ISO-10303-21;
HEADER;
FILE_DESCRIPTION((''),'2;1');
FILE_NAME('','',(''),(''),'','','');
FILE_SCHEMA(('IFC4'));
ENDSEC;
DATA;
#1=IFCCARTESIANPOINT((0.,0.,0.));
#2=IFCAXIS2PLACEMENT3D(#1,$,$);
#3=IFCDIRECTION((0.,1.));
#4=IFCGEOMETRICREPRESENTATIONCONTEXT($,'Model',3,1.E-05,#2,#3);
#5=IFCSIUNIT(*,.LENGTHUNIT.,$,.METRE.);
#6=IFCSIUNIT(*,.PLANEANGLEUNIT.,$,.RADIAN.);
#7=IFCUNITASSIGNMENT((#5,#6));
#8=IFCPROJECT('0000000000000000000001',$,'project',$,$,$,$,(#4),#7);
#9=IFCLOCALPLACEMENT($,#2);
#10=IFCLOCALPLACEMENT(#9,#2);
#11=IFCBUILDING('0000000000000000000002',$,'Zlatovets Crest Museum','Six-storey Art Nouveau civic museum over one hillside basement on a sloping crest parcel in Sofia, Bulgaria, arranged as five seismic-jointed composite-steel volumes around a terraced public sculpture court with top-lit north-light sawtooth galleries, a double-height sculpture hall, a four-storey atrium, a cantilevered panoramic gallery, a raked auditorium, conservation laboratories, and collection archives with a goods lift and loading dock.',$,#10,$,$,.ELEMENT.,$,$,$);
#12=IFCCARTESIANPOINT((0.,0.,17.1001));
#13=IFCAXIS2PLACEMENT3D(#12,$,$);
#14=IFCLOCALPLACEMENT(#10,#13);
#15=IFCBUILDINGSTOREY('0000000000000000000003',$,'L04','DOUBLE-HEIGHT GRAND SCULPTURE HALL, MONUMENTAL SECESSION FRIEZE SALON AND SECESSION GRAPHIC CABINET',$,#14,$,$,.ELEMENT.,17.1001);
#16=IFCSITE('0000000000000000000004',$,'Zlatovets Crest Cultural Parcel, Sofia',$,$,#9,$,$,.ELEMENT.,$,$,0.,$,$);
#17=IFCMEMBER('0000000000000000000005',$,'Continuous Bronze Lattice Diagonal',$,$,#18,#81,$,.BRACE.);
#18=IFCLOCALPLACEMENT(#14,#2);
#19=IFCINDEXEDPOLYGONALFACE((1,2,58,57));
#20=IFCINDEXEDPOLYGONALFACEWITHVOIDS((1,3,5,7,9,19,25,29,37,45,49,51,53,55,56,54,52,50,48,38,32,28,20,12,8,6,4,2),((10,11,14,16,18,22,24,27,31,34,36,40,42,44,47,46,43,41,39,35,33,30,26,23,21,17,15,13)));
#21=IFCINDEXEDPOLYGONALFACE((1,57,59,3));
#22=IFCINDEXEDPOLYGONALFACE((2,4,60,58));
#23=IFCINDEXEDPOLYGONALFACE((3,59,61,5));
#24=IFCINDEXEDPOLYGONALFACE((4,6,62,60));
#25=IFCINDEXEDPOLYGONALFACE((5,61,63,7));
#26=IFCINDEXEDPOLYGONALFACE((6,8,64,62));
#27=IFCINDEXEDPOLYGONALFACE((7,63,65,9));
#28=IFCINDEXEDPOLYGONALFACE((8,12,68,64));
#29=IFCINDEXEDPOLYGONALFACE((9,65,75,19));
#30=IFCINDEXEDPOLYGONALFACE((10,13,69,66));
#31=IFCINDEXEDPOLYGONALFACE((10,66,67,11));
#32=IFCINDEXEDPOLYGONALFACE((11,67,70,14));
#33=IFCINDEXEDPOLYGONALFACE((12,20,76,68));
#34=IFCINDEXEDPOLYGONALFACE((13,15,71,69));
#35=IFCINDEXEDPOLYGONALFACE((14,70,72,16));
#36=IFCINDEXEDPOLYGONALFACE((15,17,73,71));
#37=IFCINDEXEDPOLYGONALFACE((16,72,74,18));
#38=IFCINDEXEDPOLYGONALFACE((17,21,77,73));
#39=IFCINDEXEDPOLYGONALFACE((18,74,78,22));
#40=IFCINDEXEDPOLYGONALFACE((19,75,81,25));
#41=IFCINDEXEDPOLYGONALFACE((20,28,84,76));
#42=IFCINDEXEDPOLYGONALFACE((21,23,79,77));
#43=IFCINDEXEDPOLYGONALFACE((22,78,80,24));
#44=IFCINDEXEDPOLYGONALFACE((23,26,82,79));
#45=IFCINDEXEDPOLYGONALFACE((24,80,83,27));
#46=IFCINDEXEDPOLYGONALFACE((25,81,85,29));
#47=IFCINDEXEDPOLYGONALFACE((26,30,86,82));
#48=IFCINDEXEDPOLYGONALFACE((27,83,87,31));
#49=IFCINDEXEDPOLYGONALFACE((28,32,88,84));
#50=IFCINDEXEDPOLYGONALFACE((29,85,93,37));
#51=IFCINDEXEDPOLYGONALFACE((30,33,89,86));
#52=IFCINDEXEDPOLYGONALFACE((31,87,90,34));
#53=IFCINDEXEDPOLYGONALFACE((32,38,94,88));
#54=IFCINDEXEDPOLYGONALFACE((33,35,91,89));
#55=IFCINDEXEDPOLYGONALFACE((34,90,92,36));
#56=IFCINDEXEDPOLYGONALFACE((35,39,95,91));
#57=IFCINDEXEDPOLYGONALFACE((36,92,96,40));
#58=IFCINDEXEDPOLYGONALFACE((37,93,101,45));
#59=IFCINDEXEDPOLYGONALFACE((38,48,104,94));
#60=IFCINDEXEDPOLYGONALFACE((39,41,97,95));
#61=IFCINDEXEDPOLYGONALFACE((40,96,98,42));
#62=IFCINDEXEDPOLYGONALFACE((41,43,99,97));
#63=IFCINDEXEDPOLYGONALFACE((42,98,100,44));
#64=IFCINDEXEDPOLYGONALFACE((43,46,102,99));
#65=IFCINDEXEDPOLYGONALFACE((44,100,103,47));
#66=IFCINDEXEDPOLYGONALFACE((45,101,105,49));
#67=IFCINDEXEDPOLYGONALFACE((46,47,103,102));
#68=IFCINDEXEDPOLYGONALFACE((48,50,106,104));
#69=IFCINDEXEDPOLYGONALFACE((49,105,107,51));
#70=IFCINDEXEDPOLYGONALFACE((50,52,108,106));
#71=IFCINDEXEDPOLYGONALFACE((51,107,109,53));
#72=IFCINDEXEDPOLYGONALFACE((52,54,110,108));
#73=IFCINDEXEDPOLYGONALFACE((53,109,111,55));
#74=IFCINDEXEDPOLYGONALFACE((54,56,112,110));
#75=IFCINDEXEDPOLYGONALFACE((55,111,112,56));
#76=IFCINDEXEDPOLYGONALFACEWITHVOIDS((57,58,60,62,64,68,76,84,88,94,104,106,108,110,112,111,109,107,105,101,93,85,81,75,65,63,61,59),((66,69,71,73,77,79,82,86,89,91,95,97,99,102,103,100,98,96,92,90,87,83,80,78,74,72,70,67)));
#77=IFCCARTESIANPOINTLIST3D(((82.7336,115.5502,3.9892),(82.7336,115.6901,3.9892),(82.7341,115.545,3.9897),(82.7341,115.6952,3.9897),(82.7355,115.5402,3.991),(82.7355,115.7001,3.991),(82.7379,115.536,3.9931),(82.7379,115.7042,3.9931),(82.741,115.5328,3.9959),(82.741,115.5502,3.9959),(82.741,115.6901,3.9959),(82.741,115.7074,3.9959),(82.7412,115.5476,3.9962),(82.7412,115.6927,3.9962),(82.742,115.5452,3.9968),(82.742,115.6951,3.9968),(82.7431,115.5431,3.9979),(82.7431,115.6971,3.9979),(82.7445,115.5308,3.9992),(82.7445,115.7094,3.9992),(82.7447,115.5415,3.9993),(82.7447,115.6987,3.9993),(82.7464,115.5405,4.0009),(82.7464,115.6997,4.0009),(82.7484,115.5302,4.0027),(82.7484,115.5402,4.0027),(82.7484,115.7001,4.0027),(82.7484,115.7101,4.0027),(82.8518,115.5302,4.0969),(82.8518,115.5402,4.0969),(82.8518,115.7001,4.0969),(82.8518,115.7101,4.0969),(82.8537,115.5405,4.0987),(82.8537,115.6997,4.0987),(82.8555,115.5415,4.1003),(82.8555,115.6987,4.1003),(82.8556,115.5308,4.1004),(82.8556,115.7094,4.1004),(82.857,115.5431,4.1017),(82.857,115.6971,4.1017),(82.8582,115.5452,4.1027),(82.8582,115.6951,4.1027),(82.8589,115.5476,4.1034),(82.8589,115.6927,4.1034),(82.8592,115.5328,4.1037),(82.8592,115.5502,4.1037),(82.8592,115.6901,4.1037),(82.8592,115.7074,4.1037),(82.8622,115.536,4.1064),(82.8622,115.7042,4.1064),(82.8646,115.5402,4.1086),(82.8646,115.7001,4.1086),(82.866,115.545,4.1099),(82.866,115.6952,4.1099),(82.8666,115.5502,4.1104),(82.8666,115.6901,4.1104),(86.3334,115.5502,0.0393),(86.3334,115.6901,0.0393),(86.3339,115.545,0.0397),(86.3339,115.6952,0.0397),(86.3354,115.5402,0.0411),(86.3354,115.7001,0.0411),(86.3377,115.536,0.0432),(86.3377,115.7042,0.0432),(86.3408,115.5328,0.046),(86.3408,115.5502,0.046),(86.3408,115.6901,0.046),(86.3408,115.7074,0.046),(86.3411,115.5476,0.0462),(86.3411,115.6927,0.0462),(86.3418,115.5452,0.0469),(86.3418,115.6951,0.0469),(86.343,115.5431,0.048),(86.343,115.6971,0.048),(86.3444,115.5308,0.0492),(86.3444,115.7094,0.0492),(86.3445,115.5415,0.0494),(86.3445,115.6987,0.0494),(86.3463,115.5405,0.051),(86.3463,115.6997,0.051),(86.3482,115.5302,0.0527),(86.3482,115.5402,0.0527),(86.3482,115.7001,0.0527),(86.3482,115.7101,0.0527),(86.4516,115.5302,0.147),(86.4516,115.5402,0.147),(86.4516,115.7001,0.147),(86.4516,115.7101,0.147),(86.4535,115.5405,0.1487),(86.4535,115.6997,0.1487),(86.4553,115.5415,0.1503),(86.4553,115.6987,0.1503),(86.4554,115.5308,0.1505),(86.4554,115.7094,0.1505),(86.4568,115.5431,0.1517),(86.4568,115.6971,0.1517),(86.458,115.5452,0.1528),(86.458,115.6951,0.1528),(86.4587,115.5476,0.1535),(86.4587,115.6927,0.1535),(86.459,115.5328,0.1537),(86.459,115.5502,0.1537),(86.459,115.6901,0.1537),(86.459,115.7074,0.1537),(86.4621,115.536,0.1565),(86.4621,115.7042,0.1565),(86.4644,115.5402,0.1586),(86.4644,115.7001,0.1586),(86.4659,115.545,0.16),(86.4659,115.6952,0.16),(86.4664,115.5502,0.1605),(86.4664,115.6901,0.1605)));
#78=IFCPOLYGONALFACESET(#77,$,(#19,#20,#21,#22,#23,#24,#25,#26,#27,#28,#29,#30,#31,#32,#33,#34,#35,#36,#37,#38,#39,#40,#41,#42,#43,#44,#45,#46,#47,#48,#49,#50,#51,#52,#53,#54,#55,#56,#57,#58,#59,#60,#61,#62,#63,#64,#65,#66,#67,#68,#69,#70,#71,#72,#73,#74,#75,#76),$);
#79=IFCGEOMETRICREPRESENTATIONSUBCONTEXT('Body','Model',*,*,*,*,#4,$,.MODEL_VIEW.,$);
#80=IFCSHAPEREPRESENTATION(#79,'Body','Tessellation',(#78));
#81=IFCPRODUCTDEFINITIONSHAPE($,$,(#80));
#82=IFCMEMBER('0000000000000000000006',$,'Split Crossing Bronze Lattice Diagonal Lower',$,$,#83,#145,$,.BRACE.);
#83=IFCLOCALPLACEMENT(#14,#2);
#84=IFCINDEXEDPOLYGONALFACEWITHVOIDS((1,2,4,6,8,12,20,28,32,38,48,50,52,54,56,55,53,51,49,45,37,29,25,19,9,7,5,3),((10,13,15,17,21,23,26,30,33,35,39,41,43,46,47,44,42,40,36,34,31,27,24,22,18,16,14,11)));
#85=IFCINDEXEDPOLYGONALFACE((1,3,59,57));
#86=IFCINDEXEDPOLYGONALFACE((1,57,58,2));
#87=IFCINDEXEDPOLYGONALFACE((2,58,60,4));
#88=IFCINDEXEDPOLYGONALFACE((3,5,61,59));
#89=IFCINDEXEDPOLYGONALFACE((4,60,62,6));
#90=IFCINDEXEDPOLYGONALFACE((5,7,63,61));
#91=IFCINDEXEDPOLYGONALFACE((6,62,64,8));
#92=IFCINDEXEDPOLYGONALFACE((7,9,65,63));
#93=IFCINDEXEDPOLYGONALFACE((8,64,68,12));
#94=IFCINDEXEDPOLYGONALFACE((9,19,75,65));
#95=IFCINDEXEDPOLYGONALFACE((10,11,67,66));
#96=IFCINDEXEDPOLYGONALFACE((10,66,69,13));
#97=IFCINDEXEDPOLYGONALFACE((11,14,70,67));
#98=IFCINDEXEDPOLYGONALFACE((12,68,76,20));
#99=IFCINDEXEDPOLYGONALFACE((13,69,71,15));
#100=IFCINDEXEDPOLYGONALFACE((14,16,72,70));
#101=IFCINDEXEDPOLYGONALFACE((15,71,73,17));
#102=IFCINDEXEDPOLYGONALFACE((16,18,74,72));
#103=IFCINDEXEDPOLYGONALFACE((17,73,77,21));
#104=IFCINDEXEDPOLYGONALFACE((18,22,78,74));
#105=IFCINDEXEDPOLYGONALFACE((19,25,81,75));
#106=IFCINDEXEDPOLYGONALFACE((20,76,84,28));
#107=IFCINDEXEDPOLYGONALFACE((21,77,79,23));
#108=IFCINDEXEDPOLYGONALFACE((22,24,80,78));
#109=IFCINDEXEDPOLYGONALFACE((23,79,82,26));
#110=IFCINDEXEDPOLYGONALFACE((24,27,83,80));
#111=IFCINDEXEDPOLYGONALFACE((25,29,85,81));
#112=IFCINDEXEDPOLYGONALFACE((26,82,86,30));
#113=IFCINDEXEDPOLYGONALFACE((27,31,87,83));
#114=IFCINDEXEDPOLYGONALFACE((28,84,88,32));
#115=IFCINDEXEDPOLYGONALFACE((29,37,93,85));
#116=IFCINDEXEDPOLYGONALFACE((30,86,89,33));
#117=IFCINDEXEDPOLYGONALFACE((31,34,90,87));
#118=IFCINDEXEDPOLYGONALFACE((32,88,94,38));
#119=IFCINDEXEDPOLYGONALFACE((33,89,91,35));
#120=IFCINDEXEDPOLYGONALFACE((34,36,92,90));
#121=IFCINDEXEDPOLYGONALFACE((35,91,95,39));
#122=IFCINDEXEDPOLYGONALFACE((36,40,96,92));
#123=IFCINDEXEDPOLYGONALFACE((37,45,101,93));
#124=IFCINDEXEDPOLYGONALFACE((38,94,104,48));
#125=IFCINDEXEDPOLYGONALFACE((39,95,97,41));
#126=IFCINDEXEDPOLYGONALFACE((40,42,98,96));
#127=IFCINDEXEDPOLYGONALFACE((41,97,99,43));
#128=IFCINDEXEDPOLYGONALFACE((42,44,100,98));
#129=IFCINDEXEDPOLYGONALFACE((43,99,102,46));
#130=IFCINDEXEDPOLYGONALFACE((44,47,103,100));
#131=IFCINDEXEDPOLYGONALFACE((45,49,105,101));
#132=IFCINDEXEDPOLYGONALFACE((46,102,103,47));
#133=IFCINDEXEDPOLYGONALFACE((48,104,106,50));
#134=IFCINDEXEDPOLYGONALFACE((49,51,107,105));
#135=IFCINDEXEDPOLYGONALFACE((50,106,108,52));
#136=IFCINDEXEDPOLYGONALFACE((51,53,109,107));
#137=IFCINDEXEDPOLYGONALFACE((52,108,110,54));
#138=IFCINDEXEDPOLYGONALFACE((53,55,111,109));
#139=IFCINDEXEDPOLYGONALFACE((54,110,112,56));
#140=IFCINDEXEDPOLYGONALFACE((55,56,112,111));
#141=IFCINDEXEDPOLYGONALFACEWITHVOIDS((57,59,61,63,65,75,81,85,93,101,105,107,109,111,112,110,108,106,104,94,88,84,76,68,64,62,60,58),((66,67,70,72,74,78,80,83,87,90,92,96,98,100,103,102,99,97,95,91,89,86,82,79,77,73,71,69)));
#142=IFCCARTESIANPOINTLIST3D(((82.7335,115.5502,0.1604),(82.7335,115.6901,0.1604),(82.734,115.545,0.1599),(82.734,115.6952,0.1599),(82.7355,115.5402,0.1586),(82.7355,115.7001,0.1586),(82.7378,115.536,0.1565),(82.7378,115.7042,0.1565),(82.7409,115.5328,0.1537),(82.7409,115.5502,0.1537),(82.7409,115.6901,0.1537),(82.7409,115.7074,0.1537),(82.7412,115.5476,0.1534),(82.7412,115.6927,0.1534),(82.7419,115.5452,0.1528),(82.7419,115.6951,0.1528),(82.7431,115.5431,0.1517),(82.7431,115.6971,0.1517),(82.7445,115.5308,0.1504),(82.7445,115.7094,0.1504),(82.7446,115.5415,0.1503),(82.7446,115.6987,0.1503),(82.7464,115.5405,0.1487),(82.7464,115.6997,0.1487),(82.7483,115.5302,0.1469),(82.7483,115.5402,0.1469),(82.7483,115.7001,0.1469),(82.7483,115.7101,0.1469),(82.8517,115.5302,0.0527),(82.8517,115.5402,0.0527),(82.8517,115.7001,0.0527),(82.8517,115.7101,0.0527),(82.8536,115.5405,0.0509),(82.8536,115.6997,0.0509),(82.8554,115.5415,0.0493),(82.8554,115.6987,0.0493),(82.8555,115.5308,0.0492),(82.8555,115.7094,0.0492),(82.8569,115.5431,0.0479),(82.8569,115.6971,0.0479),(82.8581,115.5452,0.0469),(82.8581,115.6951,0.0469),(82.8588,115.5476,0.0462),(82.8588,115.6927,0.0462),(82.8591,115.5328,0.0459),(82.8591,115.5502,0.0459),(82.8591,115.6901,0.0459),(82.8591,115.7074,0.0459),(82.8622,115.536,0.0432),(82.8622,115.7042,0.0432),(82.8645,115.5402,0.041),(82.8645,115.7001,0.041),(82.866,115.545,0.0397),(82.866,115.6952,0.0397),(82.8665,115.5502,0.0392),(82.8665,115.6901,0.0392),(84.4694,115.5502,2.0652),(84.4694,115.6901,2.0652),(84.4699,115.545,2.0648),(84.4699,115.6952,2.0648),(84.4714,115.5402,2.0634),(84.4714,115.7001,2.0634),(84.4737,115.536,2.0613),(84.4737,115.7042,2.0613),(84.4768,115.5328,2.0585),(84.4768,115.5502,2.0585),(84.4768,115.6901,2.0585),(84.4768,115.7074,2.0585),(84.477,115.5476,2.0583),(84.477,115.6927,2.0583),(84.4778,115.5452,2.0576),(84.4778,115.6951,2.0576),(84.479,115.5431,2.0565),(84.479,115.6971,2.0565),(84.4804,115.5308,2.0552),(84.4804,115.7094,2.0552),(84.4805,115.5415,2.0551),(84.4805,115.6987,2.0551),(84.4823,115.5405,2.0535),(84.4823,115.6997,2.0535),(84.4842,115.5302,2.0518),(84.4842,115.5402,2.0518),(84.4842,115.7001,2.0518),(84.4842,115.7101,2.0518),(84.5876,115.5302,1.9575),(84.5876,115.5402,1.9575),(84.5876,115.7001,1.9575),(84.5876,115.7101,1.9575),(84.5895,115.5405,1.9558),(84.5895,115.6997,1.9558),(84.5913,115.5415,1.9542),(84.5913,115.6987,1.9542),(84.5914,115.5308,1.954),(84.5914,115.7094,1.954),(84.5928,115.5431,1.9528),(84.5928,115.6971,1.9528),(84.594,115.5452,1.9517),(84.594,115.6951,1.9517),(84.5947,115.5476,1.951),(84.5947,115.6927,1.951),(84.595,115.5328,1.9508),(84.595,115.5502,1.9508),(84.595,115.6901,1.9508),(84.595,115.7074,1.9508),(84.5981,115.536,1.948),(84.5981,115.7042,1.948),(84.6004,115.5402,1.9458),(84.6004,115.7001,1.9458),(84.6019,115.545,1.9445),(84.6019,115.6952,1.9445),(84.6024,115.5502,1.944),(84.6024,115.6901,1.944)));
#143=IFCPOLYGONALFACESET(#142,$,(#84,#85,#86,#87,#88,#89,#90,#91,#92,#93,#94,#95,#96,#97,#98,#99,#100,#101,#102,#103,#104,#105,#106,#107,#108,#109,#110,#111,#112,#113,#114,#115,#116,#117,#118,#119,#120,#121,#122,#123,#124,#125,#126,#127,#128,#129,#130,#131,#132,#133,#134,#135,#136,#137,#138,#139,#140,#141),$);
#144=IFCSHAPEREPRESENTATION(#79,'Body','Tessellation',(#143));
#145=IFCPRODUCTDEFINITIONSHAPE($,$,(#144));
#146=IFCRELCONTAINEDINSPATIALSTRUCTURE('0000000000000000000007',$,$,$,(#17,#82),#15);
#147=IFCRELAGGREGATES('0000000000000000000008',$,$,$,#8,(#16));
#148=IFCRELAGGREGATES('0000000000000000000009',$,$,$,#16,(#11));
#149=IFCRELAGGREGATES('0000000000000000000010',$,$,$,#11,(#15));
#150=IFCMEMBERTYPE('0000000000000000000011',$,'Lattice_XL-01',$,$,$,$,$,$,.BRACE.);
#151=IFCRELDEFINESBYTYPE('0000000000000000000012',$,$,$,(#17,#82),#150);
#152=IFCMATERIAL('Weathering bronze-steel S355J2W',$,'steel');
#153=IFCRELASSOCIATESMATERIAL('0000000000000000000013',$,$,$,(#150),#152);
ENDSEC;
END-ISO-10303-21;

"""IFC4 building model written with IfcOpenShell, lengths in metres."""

from ifc_helpers import new_model, si_unit, direction, frame, origin, origin_2d, place, context, subcontext, project, spatial, hollow_rectangle, extrude, material, material_profile, profile_set, type_object, element, save


model = new_model("IFC4")

# Units and contexts
model_context = context("Model", 3, precision=1e-05, world=origin(), true_north=direction((0.0, 1.0)))
body_context = subcontext(model_context, "Body", "Model", "MODEL_VIEW")
ifc_project = project(units=[si_unit("LENGTHUNIT", "METRE"), si_unit("PLANEANGLEUNIT", "RADIAN")], contexts=[model_context])

# Site, building, storey
site_placement = place(None, origin())
site = spatial("IfcSite", under=ifc_project, at=site_placement, Name="Zlatovets Crest Cultural Parcel, Sofia", CompositionType="ELEMENT", RefElevation=0.0)
building_placement = place(site_placement, origin())
building = spatial("IfcBuilding", under=site, at=building_placement, Name="Zlatovets Crest Museum", Description="Six-storey Art Nouveau civic museum over one hillside basement on a sloping crest parcel in Sofia, Bulgaria, arranged as five seismic-jointed composite-steel volumes around a terraced public sculpture court with top-lit north-light sawtooth galleries, a double-height sculpture hall, a four-storey atrium, a cantilevered panoramic gallery, a raked auditorium, conservation laboratories, and collection archives with a goods lift and loading dock.", CompositionType="ELEMENT")
storey_placement = place(building_placement, frame((0.0, 0.0, 17.1001)))
storey = spatial("IfcBuildingStorey", under=building, at=storey_placement, Name="L04", Description="DOUBLE-HEIGHT GRAND SCULPTURE HALL, MONUMENTAL SECESSION FRIEZE SALON AND SECESSION GRAPHIC CABINET", CompositionType="ELEMENT", Elevation=17.1001)

# Members
ifc_material_1 = material(Name="Weathering bronze-steel S355J2W", Category="steel")
ifc_material_profile_1 = material_profile(ifc_material_1, hollow_rectangle(XDim=0.1799, YDim=0.1799, WallThickness=0.01, InnerFilletRadius=0.01, OuterFilletRadius=0.02, at=origin_2d()), Name="SHS 180x180x10.0")
ifc_profile_set_1 = profile_set([ifc_material_profile_1], Name="Weathering bronze-steel S355J2W")
member_type_1 = type_object("IfcMemberType", Name="Lattice_XL-01", PredefinedType="BRACE", material=ifc_profile_set_1)
member_1_placement = place(storey_placement, frame((86.3999, 115.6201, 0.0999), z_axis=(-0.673593, 0.0, 0.739102), x_axis=(0.0, -1.0, 0.0)))
element("IfcMember", 1, at=member_1_placement, inside=storey, type_object=member_type_1, Name="Continuous Bronze Lattice Diagonal", PredefinedType="BRACE", context=body_context, shape_type="SweptSolid", body=[
    extrude(hollow_rectangle(XDim=0.1799, YDim=0.1799, WallThickness=0.01, InnerFilletRadius=0.01, OuterFilletRadius=0.02, at=origin_2d()), origin(), (0.0, 0.0, 1.0), 5.3442),
])
member_2_placement = place(storey_placement, frame((84.5359, 115.6201, 2.0046), z_axis=(-0.673568, 0.0, -0.739125), x_axis=(0.0, -1.0, 0.0)))
element("IfcMember", 2, at=member_2_placement, inside=storey, type_object=member_type_1, Name="Split Crossing Bronze Lattice Diagonal Lower", PredefinedType="BRACE", context=body_context, shape_type="SweptSolid", body=[
    extrude(hollow_rectangle(XDim=0.1799, YDim=0.1799, WallThickness=0.01, InnerFilletRadius=0.01, OuterFilletRadius=0.02, at=origin_2d()), origin(), (0.0, 0.0, 1.0), 2.5771),
])

save(model, "model.ifc")
